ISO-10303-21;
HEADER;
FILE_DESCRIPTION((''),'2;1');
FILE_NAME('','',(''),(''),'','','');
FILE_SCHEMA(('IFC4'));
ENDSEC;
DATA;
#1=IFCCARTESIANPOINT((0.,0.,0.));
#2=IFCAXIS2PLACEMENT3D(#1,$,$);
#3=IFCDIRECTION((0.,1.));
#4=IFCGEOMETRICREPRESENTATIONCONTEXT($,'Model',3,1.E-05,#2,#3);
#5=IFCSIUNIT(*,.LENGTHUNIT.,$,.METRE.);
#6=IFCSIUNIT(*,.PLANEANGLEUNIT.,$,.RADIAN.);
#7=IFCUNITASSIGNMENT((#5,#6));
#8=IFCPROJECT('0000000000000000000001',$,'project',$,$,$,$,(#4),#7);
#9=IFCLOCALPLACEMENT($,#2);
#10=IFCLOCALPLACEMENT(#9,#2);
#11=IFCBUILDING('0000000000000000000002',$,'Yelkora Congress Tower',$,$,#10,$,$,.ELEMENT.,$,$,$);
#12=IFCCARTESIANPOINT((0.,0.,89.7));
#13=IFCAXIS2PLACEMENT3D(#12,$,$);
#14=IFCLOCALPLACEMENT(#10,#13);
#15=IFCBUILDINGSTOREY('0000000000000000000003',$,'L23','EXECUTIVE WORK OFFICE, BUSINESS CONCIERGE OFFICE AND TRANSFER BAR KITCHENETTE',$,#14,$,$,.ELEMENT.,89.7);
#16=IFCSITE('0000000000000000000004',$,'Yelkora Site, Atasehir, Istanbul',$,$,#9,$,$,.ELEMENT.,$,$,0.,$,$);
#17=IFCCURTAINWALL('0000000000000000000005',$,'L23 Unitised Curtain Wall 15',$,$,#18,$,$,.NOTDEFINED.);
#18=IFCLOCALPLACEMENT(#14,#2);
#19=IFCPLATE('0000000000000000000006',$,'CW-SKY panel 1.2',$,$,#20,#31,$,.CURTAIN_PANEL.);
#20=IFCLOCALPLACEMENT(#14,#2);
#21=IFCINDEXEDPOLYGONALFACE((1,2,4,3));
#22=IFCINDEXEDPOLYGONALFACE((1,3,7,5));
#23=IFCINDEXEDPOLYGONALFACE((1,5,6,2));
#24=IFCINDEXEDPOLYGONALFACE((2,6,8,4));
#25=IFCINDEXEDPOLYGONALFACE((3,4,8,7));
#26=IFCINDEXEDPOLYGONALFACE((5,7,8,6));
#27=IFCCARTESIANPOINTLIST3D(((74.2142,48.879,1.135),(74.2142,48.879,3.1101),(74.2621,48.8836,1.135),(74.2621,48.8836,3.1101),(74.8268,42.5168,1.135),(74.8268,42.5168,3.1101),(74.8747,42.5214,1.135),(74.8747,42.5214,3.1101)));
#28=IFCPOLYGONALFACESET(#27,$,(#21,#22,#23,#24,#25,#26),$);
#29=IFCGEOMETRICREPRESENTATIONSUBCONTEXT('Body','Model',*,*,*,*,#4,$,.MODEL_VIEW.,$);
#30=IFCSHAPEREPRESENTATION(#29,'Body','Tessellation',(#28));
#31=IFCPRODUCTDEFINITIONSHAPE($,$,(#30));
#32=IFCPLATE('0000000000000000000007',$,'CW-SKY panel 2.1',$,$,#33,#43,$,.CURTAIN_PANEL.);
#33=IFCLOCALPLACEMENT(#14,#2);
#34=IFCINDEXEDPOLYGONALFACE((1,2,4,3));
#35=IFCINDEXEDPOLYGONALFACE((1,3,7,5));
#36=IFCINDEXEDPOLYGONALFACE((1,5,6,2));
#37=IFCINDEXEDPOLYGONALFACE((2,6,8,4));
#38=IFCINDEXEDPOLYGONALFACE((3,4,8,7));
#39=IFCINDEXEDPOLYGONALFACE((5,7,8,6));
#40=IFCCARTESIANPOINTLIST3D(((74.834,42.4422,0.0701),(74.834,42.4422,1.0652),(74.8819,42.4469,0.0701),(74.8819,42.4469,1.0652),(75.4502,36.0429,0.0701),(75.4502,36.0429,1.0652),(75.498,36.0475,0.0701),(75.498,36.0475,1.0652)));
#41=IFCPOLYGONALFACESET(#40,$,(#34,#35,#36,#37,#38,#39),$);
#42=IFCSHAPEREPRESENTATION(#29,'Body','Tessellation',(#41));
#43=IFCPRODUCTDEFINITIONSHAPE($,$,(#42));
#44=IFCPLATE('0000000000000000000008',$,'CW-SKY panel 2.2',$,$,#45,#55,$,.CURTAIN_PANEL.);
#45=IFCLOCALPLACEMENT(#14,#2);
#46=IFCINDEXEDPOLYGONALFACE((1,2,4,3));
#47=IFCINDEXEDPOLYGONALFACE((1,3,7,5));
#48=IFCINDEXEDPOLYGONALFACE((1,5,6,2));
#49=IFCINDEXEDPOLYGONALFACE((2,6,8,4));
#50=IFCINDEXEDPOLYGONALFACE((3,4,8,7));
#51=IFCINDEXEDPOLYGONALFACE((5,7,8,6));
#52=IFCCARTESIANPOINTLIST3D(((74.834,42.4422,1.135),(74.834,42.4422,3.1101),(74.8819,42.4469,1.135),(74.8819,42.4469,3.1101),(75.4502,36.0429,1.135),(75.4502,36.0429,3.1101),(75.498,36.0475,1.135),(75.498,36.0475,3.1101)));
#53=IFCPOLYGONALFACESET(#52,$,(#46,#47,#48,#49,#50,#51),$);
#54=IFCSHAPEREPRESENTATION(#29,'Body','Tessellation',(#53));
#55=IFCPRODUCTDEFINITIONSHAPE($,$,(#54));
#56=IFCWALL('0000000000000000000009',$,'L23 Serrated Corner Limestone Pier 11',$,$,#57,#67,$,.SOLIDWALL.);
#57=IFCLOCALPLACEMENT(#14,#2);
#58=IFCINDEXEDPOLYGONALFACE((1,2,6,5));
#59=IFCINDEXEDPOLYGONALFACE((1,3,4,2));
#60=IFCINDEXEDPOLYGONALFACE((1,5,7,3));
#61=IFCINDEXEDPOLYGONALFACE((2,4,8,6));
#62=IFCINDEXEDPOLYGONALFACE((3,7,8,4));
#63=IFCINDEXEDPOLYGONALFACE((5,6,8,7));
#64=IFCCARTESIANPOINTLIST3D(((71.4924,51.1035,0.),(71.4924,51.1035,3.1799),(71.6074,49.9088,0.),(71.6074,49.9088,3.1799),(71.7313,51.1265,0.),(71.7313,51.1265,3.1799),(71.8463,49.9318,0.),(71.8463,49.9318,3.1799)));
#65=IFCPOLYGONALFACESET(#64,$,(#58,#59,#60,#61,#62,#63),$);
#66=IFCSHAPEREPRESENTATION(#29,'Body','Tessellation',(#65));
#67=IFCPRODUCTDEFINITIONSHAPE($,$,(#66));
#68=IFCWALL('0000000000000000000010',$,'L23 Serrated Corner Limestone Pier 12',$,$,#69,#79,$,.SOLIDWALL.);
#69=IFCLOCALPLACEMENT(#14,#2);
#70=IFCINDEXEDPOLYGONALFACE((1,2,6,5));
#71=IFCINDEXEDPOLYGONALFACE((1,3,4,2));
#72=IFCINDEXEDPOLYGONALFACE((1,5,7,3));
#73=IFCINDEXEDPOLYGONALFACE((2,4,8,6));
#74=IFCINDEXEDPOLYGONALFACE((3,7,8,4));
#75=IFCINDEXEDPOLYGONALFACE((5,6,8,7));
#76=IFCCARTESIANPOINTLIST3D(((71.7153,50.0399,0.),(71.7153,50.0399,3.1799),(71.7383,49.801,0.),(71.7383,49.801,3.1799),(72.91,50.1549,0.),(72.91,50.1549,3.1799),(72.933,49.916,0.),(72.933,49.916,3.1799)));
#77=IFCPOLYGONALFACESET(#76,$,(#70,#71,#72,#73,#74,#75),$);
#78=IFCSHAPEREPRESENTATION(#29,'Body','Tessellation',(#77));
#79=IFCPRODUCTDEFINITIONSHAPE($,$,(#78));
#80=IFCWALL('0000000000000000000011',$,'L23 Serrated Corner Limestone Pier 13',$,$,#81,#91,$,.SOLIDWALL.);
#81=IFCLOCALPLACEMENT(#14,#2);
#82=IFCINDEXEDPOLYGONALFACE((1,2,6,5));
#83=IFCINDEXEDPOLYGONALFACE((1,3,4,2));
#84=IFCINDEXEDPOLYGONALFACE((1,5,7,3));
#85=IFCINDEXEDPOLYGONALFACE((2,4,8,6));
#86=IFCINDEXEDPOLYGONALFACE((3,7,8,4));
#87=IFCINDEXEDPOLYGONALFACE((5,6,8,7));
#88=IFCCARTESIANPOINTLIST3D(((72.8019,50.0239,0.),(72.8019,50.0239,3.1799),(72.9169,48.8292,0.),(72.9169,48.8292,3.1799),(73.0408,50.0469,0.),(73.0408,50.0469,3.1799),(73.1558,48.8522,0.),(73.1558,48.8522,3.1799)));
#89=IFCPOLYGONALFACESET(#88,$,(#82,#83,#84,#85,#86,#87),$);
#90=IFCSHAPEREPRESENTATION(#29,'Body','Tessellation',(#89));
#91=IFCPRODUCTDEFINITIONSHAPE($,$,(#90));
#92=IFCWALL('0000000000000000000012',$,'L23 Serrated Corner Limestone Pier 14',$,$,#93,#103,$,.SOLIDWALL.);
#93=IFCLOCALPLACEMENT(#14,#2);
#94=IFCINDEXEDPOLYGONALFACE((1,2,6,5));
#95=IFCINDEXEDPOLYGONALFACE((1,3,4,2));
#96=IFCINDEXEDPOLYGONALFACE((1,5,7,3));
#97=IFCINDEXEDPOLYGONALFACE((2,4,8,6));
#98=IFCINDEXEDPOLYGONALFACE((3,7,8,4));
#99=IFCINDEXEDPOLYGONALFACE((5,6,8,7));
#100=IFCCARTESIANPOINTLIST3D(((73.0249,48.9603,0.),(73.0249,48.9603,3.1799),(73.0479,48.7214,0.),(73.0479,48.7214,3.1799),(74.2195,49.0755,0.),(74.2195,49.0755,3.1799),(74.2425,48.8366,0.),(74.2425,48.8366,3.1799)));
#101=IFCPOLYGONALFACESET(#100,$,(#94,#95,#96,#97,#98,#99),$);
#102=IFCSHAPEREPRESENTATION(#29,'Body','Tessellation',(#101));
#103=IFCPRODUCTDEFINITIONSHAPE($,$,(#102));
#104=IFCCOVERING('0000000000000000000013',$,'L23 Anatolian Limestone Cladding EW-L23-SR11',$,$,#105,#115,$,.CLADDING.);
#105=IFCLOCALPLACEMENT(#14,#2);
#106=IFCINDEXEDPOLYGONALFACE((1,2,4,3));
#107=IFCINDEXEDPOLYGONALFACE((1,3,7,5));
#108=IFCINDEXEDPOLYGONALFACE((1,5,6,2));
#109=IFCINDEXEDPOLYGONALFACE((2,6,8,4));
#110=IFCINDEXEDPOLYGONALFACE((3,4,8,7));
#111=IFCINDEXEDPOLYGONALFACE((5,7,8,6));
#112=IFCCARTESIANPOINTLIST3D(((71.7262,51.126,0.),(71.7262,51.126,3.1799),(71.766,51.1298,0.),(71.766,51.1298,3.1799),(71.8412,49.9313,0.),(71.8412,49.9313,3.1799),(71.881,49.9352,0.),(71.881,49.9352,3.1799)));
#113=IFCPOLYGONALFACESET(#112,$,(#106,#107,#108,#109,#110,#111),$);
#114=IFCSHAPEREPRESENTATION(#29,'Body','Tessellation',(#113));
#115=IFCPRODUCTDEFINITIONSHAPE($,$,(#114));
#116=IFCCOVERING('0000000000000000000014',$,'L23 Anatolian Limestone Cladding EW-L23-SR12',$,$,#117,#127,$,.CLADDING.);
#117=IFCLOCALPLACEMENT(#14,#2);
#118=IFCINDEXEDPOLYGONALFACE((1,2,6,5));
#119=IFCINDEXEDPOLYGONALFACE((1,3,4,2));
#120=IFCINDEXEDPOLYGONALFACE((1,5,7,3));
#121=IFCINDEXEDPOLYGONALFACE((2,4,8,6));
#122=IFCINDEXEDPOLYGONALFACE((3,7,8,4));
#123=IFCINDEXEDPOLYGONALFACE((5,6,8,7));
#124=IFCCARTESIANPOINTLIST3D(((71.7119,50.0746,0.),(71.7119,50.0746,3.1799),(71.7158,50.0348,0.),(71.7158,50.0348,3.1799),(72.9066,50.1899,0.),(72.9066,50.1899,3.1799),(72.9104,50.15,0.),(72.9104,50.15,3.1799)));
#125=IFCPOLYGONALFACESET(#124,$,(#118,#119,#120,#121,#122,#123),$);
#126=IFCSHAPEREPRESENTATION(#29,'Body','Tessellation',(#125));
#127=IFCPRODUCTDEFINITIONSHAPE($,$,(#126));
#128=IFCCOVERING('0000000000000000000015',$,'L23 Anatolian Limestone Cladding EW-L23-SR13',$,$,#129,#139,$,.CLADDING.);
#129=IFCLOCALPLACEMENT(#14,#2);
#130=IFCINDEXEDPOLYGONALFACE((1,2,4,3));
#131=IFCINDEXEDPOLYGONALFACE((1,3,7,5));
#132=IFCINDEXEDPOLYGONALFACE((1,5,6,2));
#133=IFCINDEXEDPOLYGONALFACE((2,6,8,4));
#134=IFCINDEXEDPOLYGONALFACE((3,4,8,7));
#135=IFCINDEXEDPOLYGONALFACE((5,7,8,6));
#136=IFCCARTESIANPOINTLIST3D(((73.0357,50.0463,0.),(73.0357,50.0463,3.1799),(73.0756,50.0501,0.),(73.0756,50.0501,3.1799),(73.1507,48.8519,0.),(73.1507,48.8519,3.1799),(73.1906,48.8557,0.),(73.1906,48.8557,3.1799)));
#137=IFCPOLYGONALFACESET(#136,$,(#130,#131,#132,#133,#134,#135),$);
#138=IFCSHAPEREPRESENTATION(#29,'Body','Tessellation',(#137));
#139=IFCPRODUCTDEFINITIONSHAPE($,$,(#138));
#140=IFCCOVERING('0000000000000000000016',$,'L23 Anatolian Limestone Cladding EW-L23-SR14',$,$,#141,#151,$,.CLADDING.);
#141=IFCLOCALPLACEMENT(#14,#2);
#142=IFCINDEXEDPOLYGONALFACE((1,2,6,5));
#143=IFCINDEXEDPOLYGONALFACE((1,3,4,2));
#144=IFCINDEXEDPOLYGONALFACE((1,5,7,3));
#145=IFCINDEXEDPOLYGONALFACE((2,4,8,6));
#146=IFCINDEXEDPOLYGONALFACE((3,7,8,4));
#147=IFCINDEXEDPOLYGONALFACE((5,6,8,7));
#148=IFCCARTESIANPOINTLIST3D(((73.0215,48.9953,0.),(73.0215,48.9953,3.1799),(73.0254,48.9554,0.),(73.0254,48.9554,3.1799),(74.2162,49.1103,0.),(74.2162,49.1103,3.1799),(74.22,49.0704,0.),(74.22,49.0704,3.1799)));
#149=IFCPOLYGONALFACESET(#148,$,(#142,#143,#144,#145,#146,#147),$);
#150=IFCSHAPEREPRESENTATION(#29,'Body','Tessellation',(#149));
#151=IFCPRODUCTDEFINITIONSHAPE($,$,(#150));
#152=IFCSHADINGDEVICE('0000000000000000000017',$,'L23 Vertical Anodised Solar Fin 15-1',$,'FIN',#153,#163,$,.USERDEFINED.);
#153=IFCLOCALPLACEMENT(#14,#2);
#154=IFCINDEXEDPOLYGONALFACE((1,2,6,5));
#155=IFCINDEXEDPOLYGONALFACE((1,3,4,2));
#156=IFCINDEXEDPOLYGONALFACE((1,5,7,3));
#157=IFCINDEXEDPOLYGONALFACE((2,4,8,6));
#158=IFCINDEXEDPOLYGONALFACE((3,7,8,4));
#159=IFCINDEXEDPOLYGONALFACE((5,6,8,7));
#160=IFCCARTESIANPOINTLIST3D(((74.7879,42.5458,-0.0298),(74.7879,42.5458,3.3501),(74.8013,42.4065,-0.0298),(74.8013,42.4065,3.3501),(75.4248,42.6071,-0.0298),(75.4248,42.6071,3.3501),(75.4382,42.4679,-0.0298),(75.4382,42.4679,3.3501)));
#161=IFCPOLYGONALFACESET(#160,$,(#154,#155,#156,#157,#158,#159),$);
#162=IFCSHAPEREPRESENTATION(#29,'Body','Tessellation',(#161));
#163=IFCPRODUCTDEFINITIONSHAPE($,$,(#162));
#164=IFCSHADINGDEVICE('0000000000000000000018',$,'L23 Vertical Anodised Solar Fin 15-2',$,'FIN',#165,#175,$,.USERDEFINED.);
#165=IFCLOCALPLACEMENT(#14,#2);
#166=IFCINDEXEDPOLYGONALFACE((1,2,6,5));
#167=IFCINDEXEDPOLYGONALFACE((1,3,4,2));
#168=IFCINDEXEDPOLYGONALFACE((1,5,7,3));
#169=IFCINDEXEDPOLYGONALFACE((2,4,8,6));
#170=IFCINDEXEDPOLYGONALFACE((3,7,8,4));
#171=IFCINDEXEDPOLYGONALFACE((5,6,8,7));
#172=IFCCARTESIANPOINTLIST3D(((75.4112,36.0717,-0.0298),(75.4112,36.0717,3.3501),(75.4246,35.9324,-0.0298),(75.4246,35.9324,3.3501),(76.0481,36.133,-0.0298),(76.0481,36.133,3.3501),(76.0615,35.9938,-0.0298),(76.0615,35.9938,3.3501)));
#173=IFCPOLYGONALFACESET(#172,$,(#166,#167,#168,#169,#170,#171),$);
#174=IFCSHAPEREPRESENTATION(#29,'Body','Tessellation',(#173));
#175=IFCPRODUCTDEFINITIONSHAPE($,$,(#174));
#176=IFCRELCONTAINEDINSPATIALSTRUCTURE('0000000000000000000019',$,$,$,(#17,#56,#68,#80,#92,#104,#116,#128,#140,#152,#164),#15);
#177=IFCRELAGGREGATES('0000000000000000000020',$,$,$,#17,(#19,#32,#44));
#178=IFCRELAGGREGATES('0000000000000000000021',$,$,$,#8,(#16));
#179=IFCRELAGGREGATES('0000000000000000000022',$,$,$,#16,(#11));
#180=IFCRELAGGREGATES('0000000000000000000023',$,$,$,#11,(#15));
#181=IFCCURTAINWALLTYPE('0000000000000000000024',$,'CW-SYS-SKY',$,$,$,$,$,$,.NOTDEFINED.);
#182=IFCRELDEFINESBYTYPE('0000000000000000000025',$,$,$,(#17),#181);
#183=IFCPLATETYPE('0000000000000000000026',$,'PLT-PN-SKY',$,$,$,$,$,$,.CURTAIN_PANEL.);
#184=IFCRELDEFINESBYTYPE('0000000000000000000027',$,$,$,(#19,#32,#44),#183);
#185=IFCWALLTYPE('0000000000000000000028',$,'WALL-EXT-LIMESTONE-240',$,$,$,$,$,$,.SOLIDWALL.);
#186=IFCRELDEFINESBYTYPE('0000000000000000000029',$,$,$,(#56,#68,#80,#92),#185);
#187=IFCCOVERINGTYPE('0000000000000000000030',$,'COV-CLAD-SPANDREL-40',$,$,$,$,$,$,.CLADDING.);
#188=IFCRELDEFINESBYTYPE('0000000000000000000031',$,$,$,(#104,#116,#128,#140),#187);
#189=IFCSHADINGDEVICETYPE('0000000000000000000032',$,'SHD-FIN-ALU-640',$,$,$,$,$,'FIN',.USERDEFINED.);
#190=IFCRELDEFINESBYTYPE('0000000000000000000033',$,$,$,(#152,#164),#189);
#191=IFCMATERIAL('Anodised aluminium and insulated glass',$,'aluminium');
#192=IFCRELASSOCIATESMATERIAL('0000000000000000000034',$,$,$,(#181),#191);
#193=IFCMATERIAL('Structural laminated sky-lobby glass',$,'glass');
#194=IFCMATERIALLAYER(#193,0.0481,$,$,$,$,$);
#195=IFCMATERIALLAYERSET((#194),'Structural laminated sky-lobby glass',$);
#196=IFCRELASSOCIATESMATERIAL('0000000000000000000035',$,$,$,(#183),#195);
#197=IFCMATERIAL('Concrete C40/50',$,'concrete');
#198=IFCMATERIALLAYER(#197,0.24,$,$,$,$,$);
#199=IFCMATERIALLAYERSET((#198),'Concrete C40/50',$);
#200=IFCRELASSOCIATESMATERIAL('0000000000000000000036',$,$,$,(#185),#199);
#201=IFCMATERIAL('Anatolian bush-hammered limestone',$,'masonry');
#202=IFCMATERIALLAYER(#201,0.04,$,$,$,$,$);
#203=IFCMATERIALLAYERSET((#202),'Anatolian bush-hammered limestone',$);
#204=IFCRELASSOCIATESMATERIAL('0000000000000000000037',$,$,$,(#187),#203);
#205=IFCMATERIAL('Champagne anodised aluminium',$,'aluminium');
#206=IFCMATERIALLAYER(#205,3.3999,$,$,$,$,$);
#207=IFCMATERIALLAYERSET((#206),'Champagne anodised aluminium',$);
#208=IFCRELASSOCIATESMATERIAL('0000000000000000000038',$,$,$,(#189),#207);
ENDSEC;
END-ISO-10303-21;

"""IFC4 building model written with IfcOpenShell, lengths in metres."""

from ifc_helpers import new_model, si_unit, direction, frame, frame_2d, origin, origin_2d, place, context, subcontext, project, spatial, rectangle, extrude, material, layer, layer_set, type_object, element, aggregate, save


model = new_model("IFC4")

# Units and contexts
model_context = context("Model", 3, precision=1e-05, world=origin(), true_north=direction((0.0, 1.0)))
body_context = subcontext(model_context, "Body", "Model", "MODEL_VIEW")
ifc_project = project(units=[si_unit("LENGTHUNIT", "METRE"), si_unit("PLANEANGLEUNIT", "RADIAN")], contexts=[model_context])

# Site, building, storey
site_placement = place(None, origin())
site = spatial("IfcSite", under=ifc_project, at=site_placement, Name="Yelkora Site, Atasehir, Istanbul", CompositionType="ELEMENT", RefElevation=0.0)
building_placement = place(site_placement, origin())
building = spatial("IfcBuilding", under=site, at=building_placement, Name="Yelkora Congress Tower", CompositionType="ELEMENT")
storey_placement = place(building_placement, frame((0.0, 0.0, 89.7)))
storey = spatial("IfcBuildingStorey", under=building, at=storey_placement, Name="L23", Description="EXECUTIVE WORK OFFICE, BUSINESS CONCIERGE OFFICE AND TRANSFER BAR KITCHENETTE", CompositionType="ELEMENT", Elevation=89.7)

# Curtain wall, plates
ifc_material_1 = material(Name="Anodised aluminium and insulated glass", Category="aluminium")
curtain_wall_type = type_object("IfcCurtainWallType", Name="CW-SYS-SKY", PredefinedType="NOTDEFINED", material=ifc_material_1)
curtain_wall_placement = place(storey_placement, origin())
curtain_wall = element("IfcCurtainWall", 1, at=curtain_wall_placement, inside=storey, type_object=curtain_wall_type, Name="L23 Unitised Curtain Wall 15", PredefinedType="NOTDEFINED")
ifc_material_2 = material(Name="Structural laminated sky-lobby glass", Category="glass")
ifc_layer_1 = layer(ifc_material_2, 0.0481)
ifc_layer_set_1 = layer_set([ifc_layer_1], Name="Structural laminated sky-lobby glass")
plate_type = type_object("IfcPlateType", Name="PLT-PN-SKY", PredefinedType="CURTAIN_PANEL", material=ifc_layer_set_1)
plate_1_placement = place(storey_placement, frame((74.5444, 45.7002, 1.135), z_axis=(0.0, 0.0, 1.0), x_axis=(0.095843, -0.995397, 0.0)))
plate_1 = element("IfcPlate", 2, at=plate_1_placement, type_object=plate_type, Name="CW-SKY panel 1.2", PredefinedType="CURTAIN_PANEL", context=body_context, shape_type="SweptSolid", body=[
    extrude(rectangle(XDim=6.3916, YDim=0.0481, at=origin_2d()), origin(), (0.0, 0.0, 1.0), 1.9751),
])
plate_2_placement = place(storey_placement, frame((75.166, 39.2449, 0.0701), z_axis=(0.0, 0.0, 1.0), x_axis=(0.095843, -0.995397, 0.0)))
plate_2 = element("IfcPlate", 3, at=plate_2_placement, type_object=plate_type, Name="CW-SKY panel 2.1", PredefinedType="CURTAIN_PANEL", context=body_context, shape_type="SweptSolid", body=[
    extrude(rectangle(XDim=6.429, YDim=0.0481, at=origin_2d()), origin(), (0.0, 0.0, 1.0), 0.9951),
])
plate_3_placement = place(storey_placement, frame((75.166, 39.2449, 1.135), z_axis=(0.0, 0.0, 1.0), x_axis=(0.095843, -0.995397, 0.0)))
plate_3 = element("IfcPlate", 4, at=plate_3_placement, type_object=plate_type, Name="CW-SKY panel 2.2", PredefinedType="CURTAIN_PANEL", context=body_context, shape_type="SweptSolid", body=[
    extrude(rectangle(XDim=6.429, YDim=0.0481, at=origin_2d()), origin(), (0.0, 0.0, 1.0), 1.9751),
])
aggregate(curtain_wall, [plate_1, plate_2, plate_3])

# Walls
ifc_material_3 = material(Name="Concrete C40/50", Category="concrete")
ifc_layer_2 = layer(ifc_material_3, 0.24)
ifc_layer_set_2 = layer_set([ifc_layer_2], Name="Concrete C40/50")
wall_type = type_object("IfcWallType", Name="WALL-EXT-LIMESTONE-240", PredefinedType="SOLIDWALL", material=ifc_layer_set_2)
for number, where, z_axis, x_axis, name in (
    (5, (71.6118, 51.115, 0.0), (0.0, 0.0, 1.0), (0.095817, -0.995399, 0.0), "L23 Serrated Corner Limestone Pier 11"),
    (6, (71.7268, 49.9204, 0.0), (0.0, 0.0, 1.0), (0.995399, 0.095817, 0.0), "L23 Serrated Corner Limestone Pier 12"),
    (7, (72.9214, 50.0354, 0.0), (0.0, 0.0, 1.0), (0.095817, -0.995399, 0.0), "L23 Serrated Corner Limestone Pier 13"),
    (8, (73.0364, 48.8408, 0.0), (0.0, 0.0, 1.0), (0.99538, 0.096019, 0.0), "L23 Serrated Corner Limestone Pier 14"),
):
    element("IfcWall", number, at=place(storey_placement, frame(where, z_axis=z_axis, x_axis=x_axis)), inside=storey, type_object=wall_type, Name=name, PredefinedType="SOLIDWALL", context=body_context, shape_type="SweptSolid", body=[
        extrude(rectangle(XDim=1.2002, YDim=0.24, at=frame_2d((0.6001, 0.0))), origin(), (0.0, 0.0, 1.0), 3.1799),
    ])

# Coverings
ifc_material_4 = material(Name="Anatolian bush-hammered limestone", Category="masonry")
ifc_layer_3 = layer(ifc_material_4, 0.04)
ifc_layer_set_3 = layer_set([ifc_layer_3], Name="Anatolian bush-hammered limestone")
covering_type = type_object("IfcCoveringType", Name="COV-CLAD-SPANDREL-40", PredefinedType="CLADDING", material=ifc_layer_set_3)
for number, where, z_axis, x_axis, name in (
    (9, (71.7461, 51.1279, 0.0), (0.0, 0.0, 1.0), (0.095817, -0.995399, 0.0), "L23 Anatolian Limestone Cladding EW-L23-SR11"),
    (10, (71.7139, 50.0547, 0.0), (0.0, 0.0, 1.0), (0.99538, 0.096019, 0.0), "L23 Anatolian Limestone Cladding EW-L23-SR12"),
):
    element("IfcCovering", number, at=place(storey_placement, frame(where, z_axis=z_axis, x_axis=x_axis)), inside=storey, type_object=covering_type, Name=name, PredefinedType="CLADDING", context=body_context, shape_type="SweptSolid", body=[
        extrude(rectangle(XDim=1.2002, YDim=0.04, at=frame_2d((0.6001, 0.0))), origin(), (0.0, 0.0, 1.0), 3.1799),
    ])
covering_1_placement = place(storey_placement, frame((73.0557, 50.0483, 0.0), z_axis=(0.0, 0.0, 1.0), x_axis=(0.095836, -0.995397, 0.0)))
element("IfcCovering", 11, at=covering_1_placement, inside=storey, type_object=covering_type, Name="L23 Anatolian Limestone Cladding EW-L23-SR13", PredefinedType="CLADDING", context=body_context, shape_type="SweptSolid", body=[
    extrude(rectangle(XDim=1.2, YDim=0.04, at=frame_2d((0.6001, 0.0))), origin(), (0.0, 0.0, 1.0), 3.1799),
])
covering_2_placement = place(storey_placement, frame((73.0234, 48.9753, 0.0), z_axis=(0.0, 0.0, 1.0), x_axis=(0.995399, 0.095817, 0.0)))
element("IfcCovering", 12, at=covering_2_placement, inside=storey, type_object=covering_type, Name="L23 Anatolian Limestone Cladding EW-L23-SR14", PredefinedType="CLADDING", context=body_context, shape_type="SweptSolid", body=[
    extrude(rectangle(XDim=1.2002, YDim=0.04, at=frame_2d((0.6001, 0.0))), origin(), (0.0, 0.0, 1.0), 3.1799),
])

# Shading devices
ifc_material_5 = material(Name="Champagne anodised aluminium", Category="aluminium")
ifc_layer_4 = layer(ifc_material_5, 3.3999)
ifc_layer_set_4 = layer_set([ifc_layer_4], Name="Champagne anodised aluminium")
shading_device_type = type_object("IfcShadingDeviceType", Name="SHD-FIN-ALU-640", ElementType="FIN", PredefinedType="USERDEFINED", material=ifc_layer_set_4)
for number, where, z_axis, x_axis, name in (
    (13, (75.113, 42.5068, -0.0298), (0.0, 0.0, 1.0), (0.095846, -0.995396, 0.0), "L23 Vertical Anodised Solar Fin 15-1"),
    (14, (75.7363, 36.0327, -0.0298), (0.0, 0.0, 1.0), (0.095846, -0.995396, 0.0), "L23 Vertical Anodised Solar Fin 15-2"),
):
    element("IfcShadingDevice", number, at=place(storey_placement, frame(where, z_axis=z_axis, x_axis=x_axis)), inside=storey, type_object=shading_device_type, Name=name, ObjectType="FIN", PredefinedType="USERDEFINED", context=body_context, shape_type="SweptSolid", body=[
        extrude(rectangle(XDim=0.1399, YDim=0.6399, at=origin_2d()), origin(), (0.0, 0.0, 1.0), 3.3799),
    ])

save(model, "model.ifc")
